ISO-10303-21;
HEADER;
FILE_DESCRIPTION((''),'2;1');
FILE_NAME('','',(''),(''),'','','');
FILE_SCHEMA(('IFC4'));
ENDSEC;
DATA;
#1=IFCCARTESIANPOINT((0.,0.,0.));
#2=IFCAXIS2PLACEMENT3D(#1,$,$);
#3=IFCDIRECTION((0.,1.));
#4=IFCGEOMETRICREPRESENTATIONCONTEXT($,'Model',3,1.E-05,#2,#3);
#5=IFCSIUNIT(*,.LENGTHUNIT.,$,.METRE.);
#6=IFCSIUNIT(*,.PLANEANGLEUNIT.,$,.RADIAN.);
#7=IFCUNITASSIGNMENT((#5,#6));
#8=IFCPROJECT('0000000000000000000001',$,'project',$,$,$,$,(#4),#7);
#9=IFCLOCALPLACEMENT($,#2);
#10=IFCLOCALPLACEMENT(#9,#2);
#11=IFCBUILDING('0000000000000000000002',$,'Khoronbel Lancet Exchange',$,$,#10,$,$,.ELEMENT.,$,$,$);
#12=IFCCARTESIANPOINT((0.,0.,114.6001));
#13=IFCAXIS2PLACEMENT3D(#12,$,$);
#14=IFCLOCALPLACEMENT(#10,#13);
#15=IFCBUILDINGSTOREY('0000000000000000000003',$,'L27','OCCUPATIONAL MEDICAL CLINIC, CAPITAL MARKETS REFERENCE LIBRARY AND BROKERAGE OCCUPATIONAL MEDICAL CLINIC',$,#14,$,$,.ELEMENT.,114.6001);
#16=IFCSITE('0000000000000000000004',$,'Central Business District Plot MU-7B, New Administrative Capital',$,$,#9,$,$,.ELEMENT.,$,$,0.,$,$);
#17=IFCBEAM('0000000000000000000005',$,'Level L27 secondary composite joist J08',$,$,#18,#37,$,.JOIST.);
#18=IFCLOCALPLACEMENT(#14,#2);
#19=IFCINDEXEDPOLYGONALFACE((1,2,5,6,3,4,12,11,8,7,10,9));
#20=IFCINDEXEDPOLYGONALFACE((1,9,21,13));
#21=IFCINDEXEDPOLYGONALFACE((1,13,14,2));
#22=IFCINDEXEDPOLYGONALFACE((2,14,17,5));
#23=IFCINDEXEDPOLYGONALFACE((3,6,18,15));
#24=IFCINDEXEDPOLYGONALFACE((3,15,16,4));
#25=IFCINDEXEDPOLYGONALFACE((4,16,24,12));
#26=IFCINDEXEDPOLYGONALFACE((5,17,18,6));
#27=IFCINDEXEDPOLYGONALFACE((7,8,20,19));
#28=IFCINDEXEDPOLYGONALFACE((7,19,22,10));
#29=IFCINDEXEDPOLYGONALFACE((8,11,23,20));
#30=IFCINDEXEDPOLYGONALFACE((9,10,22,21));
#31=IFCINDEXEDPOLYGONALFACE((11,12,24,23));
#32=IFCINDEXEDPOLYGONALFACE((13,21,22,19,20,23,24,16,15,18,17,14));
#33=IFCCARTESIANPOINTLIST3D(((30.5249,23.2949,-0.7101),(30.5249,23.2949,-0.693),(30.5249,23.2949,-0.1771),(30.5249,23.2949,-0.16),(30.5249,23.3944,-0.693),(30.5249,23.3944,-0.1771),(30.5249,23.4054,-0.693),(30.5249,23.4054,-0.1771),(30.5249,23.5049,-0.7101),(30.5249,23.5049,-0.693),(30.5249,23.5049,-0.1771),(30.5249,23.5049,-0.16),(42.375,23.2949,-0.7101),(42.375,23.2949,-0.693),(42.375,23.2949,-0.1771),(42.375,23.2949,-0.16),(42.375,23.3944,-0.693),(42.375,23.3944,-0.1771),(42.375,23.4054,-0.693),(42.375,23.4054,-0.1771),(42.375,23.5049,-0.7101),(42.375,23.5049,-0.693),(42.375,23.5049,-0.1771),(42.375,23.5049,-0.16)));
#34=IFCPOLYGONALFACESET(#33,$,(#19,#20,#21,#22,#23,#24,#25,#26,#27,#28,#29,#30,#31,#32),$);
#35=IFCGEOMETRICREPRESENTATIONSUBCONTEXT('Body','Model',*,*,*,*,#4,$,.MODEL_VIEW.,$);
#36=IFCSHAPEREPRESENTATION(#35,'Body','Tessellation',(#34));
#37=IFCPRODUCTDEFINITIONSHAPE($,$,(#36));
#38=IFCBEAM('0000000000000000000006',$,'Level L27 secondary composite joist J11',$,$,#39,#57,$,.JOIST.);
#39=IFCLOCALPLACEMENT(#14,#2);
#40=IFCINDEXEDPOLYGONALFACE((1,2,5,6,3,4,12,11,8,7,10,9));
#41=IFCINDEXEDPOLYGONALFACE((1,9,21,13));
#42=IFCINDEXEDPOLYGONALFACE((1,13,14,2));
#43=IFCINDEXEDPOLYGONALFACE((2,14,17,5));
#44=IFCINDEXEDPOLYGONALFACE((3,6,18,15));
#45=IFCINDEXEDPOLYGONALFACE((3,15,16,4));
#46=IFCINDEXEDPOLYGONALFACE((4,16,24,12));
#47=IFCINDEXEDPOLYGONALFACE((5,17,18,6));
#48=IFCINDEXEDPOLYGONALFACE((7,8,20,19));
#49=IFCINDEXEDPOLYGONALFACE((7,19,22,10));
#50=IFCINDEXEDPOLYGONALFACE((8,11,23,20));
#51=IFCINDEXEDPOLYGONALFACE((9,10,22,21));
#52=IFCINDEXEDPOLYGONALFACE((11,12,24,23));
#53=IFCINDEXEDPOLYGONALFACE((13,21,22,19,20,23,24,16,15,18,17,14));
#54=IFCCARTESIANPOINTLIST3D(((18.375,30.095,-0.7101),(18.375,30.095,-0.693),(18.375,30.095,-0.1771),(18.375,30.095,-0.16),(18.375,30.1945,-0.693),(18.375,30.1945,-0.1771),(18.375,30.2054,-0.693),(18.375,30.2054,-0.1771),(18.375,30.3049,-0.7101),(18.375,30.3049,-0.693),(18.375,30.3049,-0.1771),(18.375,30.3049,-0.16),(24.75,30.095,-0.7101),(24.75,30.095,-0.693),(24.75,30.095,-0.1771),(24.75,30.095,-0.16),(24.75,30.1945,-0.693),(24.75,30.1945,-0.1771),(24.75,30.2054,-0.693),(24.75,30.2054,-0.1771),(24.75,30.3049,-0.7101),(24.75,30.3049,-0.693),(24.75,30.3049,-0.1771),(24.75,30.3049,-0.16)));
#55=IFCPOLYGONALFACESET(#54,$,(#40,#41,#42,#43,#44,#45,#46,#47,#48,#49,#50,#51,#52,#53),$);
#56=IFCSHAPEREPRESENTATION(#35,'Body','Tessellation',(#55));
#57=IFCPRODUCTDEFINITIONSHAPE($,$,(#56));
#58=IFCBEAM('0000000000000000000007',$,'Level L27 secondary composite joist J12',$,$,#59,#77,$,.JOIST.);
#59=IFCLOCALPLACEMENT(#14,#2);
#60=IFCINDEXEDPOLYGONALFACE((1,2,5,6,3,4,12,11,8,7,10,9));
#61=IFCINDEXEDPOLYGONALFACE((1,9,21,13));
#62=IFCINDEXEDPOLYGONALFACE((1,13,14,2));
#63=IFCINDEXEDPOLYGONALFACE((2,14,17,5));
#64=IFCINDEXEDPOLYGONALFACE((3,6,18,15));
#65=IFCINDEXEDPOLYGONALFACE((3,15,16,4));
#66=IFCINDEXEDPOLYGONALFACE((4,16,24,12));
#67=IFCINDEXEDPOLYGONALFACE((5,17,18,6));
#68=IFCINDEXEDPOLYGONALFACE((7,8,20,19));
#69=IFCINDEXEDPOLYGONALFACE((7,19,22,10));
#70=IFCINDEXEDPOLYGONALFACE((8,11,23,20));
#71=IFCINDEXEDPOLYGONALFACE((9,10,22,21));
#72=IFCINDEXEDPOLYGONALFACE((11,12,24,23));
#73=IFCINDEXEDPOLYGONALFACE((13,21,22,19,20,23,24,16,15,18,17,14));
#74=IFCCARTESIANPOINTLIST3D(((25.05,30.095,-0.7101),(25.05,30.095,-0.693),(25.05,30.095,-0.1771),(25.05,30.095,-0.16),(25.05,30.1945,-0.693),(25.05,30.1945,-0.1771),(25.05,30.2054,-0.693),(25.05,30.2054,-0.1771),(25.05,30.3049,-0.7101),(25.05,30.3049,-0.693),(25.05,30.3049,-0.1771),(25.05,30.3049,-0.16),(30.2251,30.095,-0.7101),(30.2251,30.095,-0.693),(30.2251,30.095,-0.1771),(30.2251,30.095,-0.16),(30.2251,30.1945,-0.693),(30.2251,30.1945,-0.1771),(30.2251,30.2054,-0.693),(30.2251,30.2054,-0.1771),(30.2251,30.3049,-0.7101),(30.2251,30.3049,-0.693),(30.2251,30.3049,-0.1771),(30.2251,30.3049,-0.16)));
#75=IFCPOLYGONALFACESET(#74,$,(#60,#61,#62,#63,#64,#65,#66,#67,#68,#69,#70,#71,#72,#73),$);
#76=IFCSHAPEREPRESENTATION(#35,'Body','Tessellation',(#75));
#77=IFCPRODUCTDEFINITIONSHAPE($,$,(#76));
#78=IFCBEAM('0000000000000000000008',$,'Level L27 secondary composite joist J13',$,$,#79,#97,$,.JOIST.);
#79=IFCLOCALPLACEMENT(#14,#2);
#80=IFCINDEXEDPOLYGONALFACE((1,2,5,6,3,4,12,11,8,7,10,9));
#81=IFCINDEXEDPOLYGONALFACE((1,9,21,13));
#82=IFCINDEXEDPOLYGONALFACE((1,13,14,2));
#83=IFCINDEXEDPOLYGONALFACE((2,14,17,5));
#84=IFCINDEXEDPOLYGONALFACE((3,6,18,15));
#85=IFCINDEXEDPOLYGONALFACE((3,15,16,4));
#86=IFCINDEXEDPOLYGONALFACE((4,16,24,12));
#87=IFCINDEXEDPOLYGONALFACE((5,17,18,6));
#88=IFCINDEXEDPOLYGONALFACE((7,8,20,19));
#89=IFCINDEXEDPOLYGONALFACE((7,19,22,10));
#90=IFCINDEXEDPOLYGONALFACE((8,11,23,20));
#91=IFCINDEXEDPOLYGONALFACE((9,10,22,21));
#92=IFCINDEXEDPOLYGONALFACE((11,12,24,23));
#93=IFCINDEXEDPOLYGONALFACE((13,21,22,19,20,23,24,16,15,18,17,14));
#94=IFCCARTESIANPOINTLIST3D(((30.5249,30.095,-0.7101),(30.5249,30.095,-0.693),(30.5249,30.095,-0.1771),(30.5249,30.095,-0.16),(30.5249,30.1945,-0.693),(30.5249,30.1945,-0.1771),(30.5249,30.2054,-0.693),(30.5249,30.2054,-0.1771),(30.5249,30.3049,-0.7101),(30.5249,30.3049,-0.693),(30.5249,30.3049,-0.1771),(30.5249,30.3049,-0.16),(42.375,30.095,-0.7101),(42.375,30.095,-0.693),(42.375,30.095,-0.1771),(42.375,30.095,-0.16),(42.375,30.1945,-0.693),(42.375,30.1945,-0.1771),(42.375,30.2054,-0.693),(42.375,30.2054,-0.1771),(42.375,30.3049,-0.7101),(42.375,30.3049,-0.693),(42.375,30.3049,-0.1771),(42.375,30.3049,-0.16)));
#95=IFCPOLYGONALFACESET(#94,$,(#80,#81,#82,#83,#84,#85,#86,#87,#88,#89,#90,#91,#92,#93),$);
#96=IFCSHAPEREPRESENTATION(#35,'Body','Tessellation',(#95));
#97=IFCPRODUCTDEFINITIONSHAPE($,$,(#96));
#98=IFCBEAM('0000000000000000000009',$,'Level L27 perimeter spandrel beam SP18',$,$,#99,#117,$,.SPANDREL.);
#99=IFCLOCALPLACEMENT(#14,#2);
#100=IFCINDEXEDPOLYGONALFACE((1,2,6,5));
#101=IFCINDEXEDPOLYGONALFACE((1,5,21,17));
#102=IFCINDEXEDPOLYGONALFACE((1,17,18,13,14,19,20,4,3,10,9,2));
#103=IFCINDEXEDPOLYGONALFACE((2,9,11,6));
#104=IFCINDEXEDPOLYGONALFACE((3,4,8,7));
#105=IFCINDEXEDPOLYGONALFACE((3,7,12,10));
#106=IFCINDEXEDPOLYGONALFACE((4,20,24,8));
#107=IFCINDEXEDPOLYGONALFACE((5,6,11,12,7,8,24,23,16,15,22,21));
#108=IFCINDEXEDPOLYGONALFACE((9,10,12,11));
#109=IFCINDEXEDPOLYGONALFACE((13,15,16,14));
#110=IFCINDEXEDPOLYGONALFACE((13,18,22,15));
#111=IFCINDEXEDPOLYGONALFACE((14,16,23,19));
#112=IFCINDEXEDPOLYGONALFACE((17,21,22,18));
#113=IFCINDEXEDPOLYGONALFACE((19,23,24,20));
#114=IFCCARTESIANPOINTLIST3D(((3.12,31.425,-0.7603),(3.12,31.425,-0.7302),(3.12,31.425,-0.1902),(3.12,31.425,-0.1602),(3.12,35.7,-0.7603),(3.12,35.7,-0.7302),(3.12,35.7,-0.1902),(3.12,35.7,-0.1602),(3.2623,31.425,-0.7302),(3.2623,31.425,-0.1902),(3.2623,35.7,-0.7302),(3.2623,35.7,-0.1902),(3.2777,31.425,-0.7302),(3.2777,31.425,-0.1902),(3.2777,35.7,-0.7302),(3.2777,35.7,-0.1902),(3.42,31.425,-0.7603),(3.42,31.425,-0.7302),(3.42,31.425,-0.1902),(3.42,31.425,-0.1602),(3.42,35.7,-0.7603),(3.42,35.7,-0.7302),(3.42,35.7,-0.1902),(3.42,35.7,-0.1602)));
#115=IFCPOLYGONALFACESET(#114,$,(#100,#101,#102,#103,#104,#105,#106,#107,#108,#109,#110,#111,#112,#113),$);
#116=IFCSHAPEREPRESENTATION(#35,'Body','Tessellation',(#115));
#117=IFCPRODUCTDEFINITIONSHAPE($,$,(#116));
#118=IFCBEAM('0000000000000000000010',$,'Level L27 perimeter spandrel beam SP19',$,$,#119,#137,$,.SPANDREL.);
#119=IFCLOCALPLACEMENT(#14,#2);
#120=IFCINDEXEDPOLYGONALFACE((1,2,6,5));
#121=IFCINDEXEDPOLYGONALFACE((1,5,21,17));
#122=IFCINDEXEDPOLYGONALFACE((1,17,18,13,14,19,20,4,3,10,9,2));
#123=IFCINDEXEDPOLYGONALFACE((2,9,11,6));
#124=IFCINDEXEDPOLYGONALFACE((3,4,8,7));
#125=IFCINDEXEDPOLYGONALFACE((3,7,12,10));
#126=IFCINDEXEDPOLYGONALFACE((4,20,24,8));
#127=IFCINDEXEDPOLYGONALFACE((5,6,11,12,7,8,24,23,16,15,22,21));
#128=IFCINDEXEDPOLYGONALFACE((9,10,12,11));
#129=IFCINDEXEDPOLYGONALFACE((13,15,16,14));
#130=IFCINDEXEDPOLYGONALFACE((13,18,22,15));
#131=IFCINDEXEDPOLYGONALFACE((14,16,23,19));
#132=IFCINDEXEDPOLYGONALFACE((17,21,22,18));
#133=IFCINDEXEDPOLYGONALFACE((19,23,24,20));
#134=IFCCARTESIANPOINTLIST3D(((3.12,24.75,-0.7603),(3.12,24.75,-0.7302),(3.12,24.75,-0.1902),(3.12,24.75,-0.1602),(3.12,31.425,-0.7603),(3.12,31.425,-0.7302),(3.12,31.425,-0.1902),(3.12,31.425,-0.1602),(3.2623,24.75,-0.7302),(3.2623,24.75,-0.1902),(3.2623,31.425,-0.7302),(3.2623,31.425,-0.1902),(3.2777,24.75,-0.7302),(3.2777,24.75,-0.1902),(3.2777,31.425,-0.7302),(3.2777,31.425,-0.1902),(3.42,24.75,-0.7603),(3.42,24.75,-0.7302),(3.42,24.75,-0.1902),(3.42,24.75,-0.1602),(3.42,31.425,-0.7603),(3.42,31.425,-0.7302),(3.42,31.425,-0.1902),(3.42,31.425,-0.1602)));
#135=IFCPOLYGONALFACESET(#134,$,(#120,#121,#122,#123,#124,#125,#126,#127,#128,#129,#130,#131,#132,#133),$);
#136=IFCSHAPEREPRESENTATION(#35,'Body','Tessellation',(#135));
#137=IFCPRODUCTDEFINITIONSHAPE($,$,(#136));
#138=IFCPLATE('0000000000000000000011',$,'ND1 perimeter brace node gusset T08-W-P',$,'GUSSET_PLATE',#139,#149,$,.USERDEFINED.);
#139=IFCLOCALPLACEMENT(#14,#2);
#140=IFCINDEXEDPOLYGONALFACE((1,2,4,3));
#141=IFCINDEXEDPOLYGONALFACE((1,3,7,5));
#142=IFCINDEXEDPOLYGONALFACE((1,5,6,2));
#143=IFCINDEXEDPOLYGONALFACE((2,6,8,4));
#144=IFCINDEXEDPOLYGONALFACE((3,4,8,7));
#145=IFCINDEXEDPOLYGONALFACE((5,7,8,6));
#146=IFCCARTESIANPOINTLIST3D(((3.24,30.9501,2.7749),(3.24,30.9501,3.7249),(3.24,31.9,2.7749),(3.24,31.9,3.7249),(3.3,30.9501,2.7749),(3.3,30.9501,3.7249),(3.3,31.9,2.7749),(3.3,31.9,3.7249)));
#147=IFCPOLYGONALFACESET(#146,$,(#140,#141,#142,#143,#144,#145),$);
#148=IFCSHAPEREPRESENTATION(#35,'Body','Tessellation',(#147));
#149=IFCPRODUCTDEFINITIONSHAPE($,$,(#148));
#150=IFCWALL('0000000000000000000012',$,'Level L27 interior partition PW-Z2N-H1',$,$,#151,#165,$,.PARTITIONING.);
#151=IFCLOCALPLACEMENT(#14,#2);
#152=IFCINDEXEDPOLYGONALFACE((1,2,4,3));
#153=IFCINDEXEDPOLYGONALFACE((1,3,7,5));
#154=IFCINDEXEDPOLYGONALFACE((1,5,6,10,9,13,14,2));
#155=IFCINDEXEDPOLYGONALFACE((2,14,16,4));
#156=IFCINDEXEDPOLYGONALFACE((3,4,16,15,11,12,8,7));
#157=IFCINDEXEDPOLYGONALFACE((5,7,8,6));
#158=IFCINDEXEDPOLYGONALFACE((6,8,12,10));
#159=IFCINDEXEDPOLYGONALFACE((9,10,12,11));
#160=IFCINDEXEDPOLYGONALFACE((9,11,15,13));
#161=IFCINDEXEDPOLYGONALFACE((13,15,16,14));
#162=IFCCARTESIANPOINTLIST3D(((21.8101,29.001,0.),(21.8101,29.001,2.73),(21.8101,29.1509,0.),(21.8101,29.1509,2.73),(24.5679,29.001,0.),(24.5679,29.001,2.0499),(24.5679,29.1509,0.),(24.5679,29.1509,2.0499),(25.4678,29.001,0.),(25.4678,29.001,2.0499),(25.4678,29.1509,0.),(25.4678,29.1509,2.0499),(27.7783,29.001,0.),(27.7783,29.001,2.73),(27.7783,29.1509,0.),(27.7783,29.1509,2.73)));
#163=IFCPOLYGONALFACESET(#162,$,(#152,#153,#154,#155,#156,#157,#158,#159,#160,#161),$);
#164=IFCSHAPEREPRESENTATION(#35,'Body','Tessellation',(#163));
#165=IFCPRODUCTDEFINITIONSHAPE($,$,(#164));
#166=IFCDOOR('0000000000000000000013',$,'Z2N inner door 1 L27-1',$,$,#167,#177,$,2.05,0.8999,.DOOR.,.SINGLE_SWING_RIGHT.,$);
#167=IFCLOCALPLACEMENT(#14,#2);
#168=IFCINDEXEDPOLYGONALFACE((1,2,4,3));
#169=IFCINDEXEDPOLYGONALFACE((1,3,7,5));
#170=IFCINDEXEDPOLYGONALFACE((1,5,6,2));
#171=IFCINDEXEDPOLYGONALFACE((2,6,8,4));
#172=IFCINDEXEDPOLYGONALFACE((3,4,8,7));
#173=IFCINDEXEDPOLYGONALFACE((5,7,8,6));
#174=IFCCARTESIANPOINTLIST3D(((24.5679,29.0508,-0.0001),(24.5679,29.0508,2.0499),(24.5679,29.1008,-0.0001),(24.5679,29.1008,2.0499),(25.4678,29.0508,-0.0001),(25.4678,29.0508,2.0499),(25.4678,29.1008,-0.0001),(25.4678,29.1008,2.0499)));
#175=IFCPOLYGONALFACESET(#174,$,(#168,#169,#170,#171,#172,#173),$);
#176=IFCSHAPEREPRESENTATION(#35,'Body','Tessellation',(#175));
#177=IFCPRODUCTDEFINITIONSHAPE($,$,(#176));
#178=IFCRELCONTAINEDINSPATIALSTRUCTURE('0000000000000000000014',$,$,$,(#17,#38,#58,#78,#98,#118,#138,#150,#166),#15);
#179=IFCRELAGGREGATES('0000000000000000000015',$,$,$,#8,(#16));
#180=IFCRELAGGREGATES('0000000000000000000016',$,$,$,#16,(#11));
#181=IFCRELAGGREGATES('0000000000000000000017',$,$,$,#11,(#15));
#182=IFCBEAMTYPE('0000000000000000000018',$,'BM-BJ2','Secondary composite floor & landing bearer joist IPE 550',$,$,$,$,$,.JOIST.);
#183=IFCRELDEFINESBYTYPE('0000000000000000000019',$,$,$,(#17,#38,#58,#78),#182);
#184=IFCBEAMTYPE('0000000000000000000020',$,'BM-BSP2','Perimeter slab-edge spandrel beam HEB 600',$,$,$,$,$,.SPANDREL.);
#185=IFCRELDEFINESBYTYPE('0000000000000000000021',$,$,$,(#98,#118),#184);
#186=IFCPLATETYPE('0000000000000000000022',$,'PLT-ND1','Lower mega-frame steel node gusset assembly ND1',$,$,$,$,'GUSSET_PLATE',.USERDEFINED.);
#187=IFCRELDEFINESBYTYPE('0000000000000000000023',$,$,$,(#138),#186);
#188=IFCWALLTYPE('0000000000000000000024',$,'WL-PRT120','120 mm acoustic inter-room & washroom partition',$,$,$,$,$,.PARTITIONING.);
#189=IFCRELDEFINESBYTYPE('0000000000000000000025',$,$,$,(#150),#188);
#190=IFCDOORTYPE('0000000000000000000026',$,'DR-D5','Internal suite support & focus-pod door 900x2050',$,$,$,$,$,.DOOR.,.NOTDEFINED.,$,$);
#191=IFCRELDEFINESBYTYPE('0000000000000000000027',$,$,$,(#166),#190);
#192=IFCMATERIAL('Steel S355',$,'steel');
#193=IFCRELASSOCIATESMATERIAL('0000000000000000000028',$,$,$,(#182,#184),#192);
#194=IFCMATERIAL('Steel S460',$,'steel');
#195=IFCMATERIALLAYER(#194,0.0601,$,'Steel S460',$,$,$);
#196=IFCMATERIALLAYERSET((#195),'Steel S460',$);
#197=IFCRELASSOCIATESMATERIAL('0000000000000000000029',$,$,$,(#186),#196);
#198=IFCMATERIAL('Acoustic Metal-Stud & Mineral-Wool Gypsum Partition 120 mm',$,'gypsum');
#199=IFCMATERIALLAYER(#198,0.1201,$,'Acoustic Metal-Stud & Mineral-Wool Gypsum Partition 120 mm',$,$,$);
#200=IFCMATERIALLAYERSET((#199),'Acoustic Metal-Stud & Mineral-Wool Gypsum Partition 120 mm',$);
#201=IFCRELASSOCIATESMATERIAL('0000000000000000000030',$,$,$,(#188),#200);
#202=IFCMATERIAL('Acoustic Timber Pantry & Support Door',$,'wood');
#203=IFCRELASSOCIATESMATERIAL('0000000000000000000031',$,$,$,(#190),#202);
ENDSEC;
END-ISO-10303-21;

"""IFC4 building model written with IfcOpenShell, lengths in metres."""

from ifc_helpers import new_model, si_unit, direction, frame, frame_2d, origin, origin_2d, place, context, subcontext, project, spatial, rectangle, i_section, extrude, material, layer, layer_set, material_profile, profile_set, type_object, element, fill, save


model = new_model("IFC4")

# Units and contexts
model_context = context("Model", 3, precision=1e-05, world=origin(), true_north=direction((0.0, 1.0)))
body_context = subcontext(model_context, "Body", "Model", "MODEL_VIEW")
ifc_project = project(units=[si_unit("LENGTHUNIT", "METRE"), si_unit("PLANEANGLEUNIT", "RADIAN")], contexts=[model_context])

# Site, building, storey
site_placement = place(None, origin())
site = spatial("IfcSite", under=ifc_project, at=site_placement, Name="Central Business District Plot MU-7B, New Administrative Capital", CompositionType="ELEMENT", RefElevation=0.0)
building_placement = place(site_placement, origin())
building = spatial("IfcBuilding", under=site, at=building_placement, Name="Khoronbel Lancet Exchange", CompositionType="ELEMENT")
storey_placement = place(building_placement, frame((0.0, 0.0, 114.6001)))
storey = spatial("IfcBuildingStorey", under=building, at=storey_placement, Name="L27", Description="OCCUPATIONAL MEDICAL CLINIC, CAPITAL MARKETS REFERENCE LIBRARY AND BROKERAGE OCCUPATIONAL MEDICAL CLINIC", CompositionType="ELEMENT", Elevation=114.6001)

# Shared definitions
ifc_material_1 = material(Name="Steel S355", Category="steel")

# Beams
ifc_material_profile_1 = material_profile(ifc_material_1, i_section(OverallWidth=0.21, OverallDepth=0.55, WebThickness=0.011, FlangeThickness=0.0171, at=origin_2d()), Name="IPE 550")
ifc_profile_set_1 = profile_set([ifc_material_profile_1], Name="Steel S355")
beam_type_1 = type_object("IfcBeamType", Name="BM-BJ2", Description="Secondary composite floor & landing bearer joist IPE 550", PredefinedType="JOIST", material=ifc_profile_set_1)
beam_1_placement = place(storey_placement, frame((30.5249, 23.3999, -0.4351), z_axis=(1.0, 0.0, 0.0), x_axis=(0.0, 1.0, 0.0)))
element("IfcBeam", 1, at=beam_1_placement, inside=storey, type_object=beam_type_1, Name="Level L27 secondary composite joist J08", PredefinedType="JOIST", context=body_context, shape_type="SweptSolid", body=[
    extrude(i_section(OverallWidth=0.21, OverallDepth=0.55, WebThickness=0.011, FlangeThickness=0.0171, at=origin_2d()), origin(), (0.0, 0.0, 1.0), 11.8501),
])
beam_2_placement = place(storey_placement, frame((18.375, 30.2, -0.4351), z_axis=(1.0, 0.0, 0.0), x_axis=(0.0, 1.0, 0.0)))
element("IfcBeam", 2, at=beam_2_placement, inside=storey, type_object=beam_type_1, Name="Level L27 secondary composite joist J11", PredefinedType="JOIST", context=body_context, shape_type="SweptSolid", body=[
    extrude(i_section(OverallWidth=0.21, OverallDepth=0.55, WebThickness=0.011, FlangeThickness=0.0171, at=origin_2d()), origin(), (0.0, 0.0, 1.0), 6.375),
])
beam_3_placement = place(storey_placement, frame((25.05, 30.2, -0.4351), z_axis=(1.0, 0.0, 0.0), x_axis=(0.0, 1.0, 0.0)))
element("IfcBeam", 3, at=beam_3_placement, inside=storey, type_object=beam_type_1, Name="Level L27 secondary composite joist J12", PredefinedType="JOIST", context=body_context, shape_type="SweptSolid", body=[
    extrude(i_section(OverallWidth=0.21, OverallDepth=0.55, WebThickness=0.011, FlangeThickness=0.0171, at=origin_2d()), origin(), (0.0, 0.0, 1.0), 5.175),
])
beam_4_placement = place(storey_placement, frame((30.5249, 30.2, -0.4351), z_axis=(1.0, 0.0, 0.0), x_axis=(0.0, 1.0, 0.0)))
element("IfcBeam", 4, at=beam_4_placement, inside=storey, type_object=beam_type_1, Name="Level L27 secondary composite joist J13", PredefinedType="JOIST", context=body_context, shape_type="SweptSolid", body=[
    extrude(i_section(OverallWidth=0.21, OverallDepth=0.55, WebThickness=0.011, FlangeThickness=0.0171, at=origin_2d()), origin(), (0.0, 0.0, 1.0), 11.8501),
])
ifc_material_profile_2 = material_profile(ifc_material_1, i_section(OverallWidth=0.3, OverallDepth=0.6001, WebThickness=0.0154, FlangeThickness=0.03, at=origin_2d()), Name="HEB 600")
ifc_profile_set_2 = profile_set([ifc_material_profile_2], Name="Steel S355")
beam_type_2 = type_object("IfcBeamType", Name="BM-BSP2", Description="Perimeter slab-edge spandrel beam HEB 600", PredefinedType="SPANDREL", material=ifc_profile_set_2)
beam_5_placement = place(storey_placement, frame((3.27, 35.7, -0.4602), z_axis=(0.0, -1.0, 0.0), x_axis=(1.0, 0.0, 0.0)))
element("IfcBeam", 5, at=beam_5_placement, inside=storey, type_object=beam_type_2, Name="Level L27 perimeter spandrel beam SP18", PredefinedType="SPANDREL", context=body_context, shape_type="SweptSolid", body=[
    extrude(i_section(OverallWidth=0.3, OverallDepth=0.6001, WebThickness=0.0154, FlangeThickness=0.03, at=origin_2d()), origin(), (0.0, 0.0, 1.0), 4.2749),
])
beam_6_placement = place(storey_placement, frame((3.27, 31.425, -0.4602), z_axis=(0.0, -1.0, 0.0), x_axis=(1.0, 0.0, 0.0)))
element("IfcBeam", 6, at=beam_6_placement, inside=storey, type_object=beam_type_2, Name="Level L27 perimeter spandrel beam SP19", PredefinedType="SPANDREL", context=body_context, shape_type="SweptSolid", body=[
    extrude(i_section(OverallWidth=0.3, OverallDepth=0.6001, WebThickness=0.0154, FlangeThickness=0.03, at=origin_2d()), origin(), (0.0, 0.0, 1.0), 6.675),
])

# Plate
ifc_material_2 = material(Name="Steel S460", Category="steel")
ifc_layer_1 = layer(ifc_material_2, 0.0601, Name="Steel S460")
ifc_layer_set_1 = layer_set([ifc_layer_1], Name="Steel S460")
plate_type = type_object("IfcPlateType", Name="PLT-ND1", Description="Lower mega-frame steel node gusset assembly ND1", ElementType="GUSSET_PLATE", PredefinedType="USERDEFINED", material=ifc_layer_set_1)
plate_placement = place(storey_placement, frame((3.27, 31.425, 2.7749), z_axis=(0.0, 0.0, 1.0), x_axis=(0.0, 1.0, 0.0)))
element("IfcPlate", 7, at=plate_placement, inside=storey, type_object=plate_type, Name="ND1 perimeter brace node gusset T08-W-P", ObjectType="GUSSET_PLATE", PredefinedType="USERDEFINED", context=body_context, shape_type="SweptSolid", body=[
    extrude(rectangle(XDim=0.95, YDim=0.0601, at=origin_2d()), origin(), (0.0, 0.0, 1.0), 0.95),
])

# Wall, opening, door
ifc_material_3 = material(Name="Acoustic Metal-Stud & Mineral-Wool Gypsum Partition 120 mm", Category="gypsum")
ifc_layer_2 = layer(ifc_material_3, 0.1201, Name="Acoustic Metal-Stud & Mineral-Wool Gypsum Partition 120 mm")
ifc_layer_set_2 = layer_set([ifc_layer_2], Name="Acoustic Metal-Stud & Mineral-Wool Gypsum Partition 120 mm")
wall_type_1 = type_object("IfcWallType", Name="WL-PRT120", Description="120 mm acoustic inter-room & washroom partition", PredefinedType="PARTITIONING", material=ifc_layer_set_2)
wall_1_placement = place(storey_placement, frame((21.8101, 29.0759, 0.0), z_axis=(0.0, 0.0, 1.0), x_axis=(1.0, 0.0, 0.0)))
wall_1 = element("IfcWall", 8, at=wall_1_placement, inside=storey, type_object=wall_type_1, Name="Level L27 interior partition PW-Z2N-H1", PredefinedType="PARTITIONING", context=body_context, shape_type="SweptSolid", body=[
    extrude(rectangle(XDim=5.9683, YDim=0.1499, at=frame_2d((2.9841, 0.0))), origin(), (0.0, 0.0, 1.0), 2.73),
])
opening_1_placement = place(wall_1_placement, frame((2.7578, 0.0, 0.0)))
opening_1 = element("IfcOpeningElement", 9, at=opening_1_placement, cuts=wall_1, PredefinedType="OPENING", context=body_context, shape_type="SweptSolid", body=[
    extrude(rectangle(XDim=0.8999, YDim=2.05, at=frame_2d((0.45, 1.0249))), frame((0.0, 0.085, 0.0), z_axis=(0.0, -1.0, 0.0), x_axis=(1.0, 0.0, 0.0)), (0.0, 0.0, 1.0), 0.1699),
])
ifc_material_4 = material(Name="Acoustic Timber Pantry & Support Door", Category="wood")
door_type_1 = type_object("IfcDoorType", Name="DR-D5", Description="Internal suite support & focus-pod door 900x2050", OperationType="NOTDEFINED", PredefinedType="DOOR", material=ifc_material_4)
door_1_placement = place(opening_1_placement, origin())
door_1 = element("IfcDoor", 10, at=door_1_placement, inside=storey, type_object=door_type_1, Name="Z2N inner door 1 L27-1", OperationType="SINGLE_SWING_RIGHT", OverallHeight=2.05, OverallWidth=0.8999, PredefinedType="DOOR", context=body_context, shape_type="SweptSolid", body=[
    extrude(rectangle(XDim=0.8999, YDim=2.05, at=frame_2d((0.45, 1.0249))), frame((0.0, 0.0249, 0.0), z_axis=(0.0, -1.0, 0.0), x_axis=(1.0, 0.0, 0.0)), (0.0, 0.0, 1.0), 0.05),
])
fill(opening_1, door_1)

save(model, "model.ifc")
